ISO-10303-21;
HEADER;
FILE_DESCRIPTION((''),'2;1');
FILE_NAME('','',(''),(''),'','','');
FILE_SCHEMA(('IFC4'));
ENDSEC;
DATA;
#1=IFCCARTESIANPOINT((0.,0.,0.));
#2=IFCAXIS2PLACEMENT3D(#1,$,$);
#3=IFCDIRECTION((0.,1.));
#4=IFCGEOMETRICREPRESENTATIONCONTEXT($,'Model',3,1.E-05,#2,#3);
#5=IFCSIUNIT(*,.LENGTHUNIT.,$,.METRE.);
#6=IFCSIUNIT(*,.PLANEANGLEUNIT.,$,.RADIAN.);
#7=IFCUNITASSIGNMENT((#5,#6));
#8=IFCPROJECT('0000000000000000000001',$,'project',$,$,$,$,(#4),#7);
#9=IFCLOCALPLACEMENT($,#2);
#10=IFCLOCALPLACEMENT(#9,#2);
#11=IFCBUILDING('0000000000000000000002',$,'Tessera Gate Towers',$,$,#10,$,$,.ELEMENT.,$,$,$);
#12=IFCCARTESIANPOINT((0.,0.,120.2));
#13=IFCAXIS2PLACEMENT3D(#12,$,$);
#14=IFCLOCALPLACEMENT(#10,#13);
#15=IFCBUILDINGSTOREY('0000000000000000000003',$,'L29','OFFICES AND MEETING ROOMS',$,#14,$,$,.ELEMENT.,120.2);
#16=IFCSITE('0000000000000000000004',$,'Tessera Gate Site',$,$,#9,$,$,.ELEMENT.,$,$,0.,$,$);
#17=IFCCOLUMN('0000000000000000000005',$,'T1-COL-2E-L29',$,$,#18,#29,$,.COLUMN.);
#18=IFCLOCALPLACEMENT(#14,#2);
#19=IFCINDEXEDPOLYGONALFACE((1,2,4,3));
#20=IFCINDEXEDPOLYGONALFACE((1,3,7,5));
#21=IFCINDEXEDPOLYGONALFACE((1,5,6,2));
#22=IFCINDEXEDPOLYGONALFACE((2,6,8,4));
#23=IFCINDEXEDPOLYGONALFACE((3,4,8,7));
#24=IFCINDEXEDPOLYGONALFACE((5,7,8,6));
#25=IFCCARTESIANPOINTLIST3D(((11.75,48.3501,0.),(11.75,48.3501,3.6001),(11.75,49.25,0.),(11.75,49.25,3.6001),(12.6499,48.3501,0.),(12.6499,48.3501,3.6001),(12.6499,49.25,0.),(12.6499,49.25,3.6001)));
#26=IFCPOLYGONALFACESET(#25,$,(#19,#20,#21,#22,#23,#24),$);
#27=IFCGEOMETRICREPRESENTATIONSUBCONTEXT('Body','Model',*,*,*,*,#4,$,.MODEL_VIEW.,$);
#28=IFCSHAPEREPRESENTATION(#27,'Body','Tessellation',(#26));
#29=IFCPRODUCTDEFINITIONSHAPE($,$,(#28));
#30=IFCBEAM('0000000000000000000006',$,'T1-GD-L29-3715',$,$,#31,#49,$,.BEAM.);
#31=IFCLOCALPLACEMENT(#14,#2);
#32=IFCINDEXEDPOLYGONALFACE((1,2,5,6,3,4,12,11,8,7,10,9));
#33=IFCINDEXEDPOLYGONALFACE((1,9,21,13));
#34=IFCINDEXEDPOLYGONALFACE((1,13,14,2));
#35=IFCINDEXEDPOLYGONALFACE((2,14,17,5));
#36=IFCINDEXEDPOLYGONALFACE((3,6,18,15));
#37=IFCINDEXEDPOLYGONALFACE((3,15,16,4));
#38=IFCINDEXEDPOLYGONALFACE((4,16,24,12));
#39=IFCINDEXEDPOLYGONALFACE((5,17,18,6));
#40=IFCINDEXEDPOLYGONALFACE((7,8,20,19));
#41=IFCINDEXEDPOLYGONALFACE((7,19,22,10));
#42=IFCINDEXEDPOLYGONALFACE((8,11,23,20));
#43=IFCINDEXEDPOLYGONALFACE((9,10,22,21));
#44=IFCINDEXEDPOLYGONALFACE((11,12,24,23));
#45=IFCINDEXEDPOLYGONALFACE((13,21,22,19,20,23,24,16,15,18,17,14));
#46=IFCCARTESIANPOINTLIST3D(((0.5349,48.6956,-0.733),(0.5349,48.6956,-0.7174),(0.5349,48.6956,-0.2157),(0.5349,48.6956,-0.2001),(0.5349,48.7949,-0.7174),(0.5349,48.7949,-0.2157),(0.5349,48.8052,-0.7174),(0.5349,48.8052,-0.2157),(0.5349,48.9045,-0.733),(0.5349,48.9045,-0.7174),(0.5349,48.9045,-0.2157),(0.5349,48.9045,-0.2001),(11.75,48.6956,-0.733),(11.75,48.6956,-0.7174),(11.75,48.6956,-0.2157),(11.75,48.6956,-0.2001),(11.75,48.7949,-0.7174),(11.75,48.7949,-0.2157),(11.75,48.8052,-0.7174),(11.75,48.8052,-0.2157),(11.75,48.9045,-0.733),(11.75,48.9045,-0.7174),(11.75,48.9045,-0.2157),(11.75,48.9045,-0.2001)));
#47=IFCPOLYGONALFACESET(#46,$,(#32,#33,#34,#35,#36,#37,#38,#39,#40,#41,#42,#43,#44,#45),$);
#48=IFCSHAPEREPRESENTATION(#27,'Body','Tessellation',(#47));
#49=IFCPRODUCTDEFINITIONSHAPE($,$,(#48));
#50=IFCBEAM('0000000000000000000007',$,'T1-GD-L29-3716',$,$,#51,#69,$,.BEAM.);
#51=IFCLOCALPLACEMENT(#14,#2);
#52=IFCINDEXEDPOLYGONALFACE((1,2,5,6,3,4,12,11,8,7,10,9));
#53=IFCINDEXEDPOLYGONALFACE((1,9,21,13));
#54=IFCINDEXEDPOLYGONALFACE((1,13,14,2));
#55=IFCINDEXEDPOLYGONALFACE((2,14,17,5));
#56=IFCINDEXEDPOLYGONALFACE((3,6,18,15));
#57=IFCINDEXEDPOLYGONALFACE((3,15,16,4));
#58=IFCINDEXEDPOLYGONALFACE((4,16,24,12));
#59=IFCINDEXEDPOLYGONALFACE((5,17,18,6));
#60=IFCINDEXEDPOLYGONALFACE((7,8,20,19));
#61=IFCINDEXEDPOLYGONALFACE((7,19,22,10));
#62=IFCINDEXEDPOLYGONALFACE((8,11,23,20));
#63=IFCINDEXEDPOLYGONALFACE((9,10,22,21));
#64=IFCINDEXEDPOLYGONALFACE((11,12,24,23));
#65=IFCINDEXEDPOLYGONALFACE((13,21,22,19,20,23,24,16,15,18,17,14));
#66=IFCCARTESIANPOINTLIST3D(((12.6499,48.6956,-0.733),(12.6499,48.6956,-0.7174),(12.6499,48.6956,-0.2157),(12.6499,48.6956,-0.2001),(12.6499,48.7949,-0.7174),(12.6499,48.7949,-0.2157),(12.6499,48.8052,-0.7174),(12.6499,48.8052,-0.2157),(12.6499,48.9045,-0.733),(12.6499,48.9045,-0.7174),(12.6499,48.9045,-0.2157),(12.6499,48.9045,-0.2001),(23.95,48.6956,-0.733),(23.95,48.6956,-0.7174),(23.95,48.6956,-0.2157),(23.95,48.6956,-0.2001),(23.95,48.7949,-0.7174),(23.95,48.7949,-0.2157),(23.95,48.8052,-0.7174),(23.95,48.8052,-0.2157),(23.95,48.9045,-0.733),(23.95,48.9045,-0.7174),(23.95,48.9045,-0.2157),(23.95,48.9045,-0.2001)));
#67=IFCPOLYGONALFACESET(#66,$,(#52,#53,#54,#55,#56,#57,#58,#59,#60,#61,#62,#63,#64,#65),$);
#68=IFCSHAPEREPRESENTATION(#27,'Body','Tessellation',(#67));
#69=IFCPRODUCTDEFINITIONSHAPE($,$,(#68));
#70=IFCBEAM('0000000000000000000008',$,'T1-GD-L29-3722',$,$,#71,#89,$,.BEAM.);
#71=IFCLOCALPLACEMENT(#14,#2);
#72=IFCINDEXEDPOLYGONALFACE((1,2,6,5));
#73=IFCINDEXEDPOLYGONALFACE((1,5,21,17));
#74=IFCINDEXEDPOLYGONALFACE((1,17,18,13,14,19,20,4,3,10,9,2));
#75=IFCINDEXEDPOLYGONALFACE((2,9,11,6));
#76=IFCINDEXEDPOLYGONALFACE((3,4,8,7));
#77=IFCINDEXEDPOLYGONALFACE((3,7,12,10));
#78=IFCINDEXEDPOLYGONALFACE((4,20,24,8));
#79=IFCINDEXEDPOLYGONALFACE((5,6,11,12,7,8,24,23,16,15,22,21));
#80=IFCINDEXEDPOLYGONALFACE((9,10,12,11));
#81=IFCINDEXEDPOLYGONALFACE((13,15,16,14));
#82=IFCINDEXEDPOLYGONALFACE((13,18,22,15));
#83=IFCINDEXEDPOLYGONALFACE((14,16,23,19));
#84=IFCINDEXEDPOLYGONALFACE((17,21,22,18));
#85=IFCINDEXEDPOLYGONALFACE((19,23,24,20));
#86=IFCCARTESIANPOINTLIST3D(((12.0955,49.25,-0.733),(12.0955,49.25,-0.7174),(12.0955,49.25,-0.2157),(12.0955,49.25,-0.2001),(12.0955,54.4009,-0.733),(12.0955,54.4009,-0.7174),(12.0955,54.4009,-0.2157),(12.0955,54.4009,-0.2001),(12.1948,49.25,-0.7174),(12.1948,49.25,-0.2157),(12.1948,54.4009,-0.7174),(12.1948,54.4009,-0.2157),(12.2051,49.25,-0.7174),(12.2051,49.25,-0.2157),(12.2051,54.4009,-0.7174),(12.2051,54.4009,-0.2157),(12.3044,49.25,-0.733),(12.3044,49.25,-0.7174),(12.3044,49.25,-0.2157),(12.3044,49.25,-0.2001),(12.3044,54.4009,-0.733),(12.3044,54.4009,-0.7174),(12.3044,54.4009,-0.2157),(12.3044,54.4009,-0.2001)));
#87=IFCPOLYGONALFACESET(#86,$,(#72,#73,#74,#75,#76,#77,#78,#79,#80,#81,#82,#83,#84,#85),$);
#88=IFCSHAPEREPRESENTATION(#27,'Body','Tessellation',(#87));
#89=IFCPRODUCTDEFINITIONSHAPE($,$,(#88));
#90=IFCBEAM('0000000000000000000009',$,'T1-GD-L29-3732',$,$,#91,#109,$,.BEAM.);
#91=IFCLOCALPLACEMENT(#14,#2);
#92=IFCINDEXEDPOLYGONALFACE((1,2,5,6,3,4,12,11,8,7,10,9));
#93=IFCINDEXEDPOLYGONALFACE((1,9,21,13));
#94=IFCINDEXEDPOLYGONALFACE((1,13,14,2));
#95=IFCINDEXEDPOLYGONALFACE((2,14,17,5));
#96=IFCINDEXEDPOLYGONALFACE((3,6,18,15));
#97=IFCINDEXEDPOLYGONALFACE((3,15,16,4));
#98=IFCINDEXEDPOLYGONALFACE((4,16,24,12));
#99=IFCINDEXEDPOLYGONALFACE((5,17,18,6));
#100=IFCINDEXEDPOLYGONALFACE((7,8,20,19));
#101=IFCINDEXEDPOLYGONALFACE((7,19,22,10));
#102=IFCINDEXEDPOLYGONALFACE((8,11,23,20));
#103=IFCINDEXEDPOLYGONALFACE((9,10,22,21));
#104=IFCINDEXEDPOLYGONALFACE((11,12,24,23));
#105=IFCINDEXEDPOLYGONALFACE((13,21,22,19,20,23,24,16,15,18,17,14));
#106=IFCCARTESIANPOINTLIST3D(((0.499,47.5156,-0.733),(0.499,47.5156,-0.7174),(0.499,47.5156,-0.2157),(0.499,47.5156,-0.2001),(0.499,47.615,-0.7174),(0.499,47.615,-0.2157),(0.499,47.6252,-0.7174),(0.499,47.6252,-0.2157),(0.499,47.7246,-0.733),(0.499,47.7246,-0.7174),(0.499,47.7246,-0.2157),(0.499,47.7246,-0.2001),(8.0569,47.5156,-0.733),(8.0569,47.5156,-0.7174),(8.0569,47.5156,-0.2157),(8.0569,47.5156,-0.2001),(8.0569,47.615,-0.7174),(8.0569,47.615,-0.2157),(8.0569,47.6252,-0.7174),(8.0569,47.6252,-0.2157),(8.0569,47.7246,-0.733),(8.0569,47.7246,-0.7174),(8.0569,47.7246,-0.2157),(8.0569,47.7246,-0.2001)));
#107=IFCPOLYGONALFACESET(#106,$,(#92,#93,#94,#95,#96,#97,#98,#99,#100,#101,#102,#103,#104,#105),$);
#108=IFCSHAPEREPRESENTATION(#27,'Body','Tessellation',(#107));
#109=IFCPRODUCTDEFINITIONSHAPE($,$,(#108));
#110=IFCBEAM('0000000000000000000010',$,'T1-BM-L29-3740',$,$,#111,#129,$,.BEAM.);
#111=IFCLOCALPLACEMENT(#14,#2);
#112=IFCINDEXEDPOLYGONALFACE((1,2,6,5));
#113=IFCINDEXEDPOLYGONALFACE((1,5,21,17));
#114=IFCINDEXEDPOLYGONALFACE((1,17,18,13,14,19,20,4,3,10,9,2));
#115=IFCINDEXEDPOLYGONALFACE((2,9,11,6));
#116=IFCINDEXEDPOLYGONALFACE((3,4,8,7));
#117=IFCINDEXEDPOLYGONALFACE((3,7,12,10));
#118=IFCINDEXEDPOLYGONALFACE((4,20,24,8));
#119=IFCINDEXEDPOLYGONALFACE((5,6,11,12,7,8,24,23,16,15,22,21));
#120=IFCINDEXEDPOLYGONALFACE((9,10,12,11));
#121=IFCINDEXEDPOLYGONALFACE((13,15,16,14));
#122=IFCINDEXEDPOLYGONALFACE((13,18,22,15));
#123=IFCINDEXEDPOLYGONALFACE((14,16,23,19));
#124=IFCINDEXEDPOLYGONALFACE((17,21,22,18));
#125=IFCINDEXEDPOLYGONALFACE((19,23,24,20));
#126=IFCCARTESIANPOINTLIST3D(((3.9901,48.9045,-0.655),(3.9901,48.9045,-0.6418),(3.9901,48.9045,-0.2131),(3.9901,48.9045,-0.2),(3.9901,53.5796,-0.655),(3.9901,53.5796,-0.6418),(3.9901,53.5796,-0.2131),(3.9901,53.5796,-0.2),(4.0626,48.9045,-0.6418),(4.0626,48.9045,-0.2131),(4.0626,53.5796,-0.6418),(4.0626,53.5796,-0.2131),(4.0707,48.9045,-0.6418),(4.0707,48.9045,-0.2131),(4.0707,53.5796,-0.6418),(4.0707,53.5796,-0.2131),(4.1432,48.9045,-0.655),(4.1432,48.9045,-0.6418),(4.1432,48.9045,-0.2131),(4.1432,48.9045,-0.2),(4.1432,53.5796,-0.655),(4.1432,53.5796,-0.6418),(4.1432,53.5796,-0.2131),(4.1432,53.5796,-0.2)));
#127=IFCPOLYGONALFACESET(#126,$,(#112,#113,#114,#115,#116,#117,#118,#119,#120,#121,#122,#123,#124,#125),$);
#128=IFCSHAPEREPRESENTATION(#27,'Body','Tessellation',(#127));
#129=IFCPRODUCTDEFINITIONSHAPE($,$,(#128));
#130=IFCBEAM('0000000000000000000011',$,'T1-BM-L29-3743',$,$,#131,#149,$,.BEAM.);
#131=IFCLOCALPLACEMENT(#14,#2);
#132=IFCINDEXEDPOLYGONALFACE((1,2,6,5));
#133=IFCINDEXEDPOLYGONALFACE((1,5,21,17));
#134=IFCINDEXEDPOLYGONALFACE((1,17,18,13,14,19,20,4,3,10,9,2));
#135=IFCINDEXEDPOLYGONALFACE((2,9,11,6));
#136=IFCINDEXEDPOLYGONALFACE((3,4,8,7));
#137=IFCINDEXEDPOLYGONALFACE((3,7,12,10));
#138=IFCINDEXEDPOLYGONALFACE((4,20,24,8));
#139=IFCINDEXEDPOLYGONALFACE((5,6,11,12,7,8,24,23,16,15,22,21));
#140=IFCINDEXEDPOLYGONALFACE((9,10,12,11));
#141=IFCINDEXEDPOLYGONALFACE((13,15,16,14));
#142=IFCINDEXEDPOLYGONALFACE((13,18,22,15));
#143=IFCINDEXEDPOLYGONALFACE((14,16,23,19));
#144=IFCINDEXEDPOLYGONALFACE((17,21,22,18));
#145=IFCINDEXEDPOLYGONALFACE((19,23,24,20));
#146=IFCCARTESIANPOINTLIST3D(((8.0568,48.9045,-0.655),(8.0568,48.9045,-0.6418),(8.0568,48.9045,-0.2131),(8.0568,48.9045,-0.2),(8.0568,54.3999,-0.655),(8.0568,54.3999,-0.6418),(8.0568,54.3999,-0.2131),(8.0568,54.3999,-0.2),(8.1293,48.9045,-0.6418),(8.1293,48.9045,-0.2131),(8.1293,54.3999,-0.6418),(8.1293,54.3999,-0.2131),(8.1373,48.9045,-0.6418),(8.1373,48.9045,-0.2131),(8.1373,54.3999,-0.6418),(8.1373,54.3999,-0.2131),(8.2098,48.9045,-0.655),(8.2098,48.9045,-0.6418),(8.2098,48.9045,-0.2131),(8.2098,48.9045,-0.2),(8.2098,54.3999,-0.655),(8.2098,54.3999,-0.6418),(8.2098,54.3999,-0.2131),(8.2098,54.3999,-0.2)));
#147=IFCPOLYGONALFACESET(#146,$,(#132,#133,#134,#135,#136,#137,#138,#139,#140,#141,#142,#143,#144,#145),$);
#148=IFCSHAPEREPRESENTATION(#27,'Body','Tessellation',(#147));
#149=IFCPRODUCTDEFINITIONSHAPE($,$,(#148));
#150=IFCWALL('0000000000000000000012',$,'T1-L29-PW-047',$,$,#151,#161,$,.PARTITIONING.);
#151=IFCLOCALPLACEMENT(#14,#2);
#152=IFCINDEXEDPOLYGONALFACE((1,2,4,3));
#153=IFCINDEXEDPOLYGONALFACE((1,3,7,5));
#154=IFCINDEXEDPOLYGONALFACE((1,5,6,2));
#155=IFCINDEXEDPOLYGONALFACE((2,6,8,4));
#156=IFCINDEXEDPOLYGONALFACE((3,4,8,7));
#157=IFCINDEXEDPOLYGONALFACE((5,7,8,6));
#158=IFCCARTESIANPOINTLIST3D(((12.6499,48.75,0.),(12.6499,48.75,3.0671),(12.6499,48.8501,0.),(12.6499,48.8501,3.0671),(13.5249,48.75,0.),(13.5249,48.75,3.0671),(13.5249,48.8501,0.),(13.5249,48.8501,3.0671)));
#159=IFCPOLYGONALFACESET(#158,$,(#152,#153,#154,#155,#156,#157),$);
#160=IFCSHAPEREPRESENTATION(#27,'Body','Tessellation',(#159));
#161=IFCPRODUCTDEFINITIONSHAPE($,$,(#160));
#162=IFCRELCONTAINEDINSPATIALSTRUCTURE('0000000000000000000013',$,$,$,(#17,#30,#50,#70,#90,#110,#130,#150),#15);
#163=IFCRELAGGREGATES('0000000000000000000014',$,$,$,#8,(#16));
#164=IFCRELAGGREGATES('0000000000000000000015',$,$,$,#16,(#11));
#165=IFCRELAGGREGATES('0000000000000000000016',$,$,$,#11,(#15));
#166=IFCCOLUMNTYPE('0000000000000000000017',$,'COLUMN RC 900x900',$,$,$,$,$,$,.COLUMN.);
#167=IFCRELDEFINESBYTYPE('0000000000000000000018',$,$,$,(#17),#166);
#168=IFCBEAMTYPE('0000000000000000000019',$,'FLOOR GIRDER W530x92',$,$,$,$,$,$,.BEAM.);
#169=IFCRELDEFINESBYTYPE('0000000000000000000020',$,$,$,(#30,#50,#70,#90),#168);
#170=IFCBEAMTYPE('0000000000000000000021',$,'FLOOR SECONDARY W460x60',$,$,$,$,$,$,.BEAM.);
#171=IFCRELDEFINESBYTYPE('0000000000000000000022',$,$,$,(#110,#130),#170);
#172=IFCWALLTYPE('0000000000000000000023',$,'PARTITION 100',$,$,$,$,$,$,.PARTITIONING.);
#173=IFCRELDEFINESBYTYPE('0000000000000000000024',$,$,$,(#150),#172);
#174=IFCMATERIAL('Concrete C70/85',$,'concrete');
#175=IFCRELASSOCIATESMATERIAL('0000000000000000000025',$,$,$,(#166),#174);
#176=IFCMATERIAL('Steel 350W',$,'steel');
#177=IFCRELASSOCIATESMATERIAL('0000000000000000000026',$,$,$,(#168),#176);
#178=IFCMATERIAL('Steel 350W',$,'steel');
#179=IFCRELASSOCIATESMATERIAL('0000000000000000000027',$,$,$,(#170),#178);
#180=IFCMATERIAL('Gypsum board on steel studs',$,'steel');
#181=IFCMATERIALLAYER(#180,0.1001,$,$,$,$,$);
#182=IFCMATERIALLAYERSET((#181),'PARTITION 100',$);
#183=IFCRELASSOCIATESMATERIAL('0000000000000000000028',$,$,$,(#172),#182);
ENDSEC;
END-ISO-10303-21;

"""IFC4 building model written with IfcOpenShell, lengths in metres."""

from ifc_helpers import new_model, si_unit, direction, frame, frame_2d, origin, origin_2d, place, context, subcontext, project, spatial, rectangle, i_section, extrude, material, layer, layer_set, material_profile, profile_set, type_object, element, save


model = new_model("IFC4")

# Units and contexts
model_context = context("Model", 3, precision=1e-05, world=origin(), true_north=direction((0.0, 1.0)))
body_context = subcontext(model_context, "Body", "Model", "MODEL_VIEW")
ifc_project = project(units=[si_unit("LENGTHUNIT", "METRE"), si_unit("PLANEANGLEUNIT", "RADIAN")], contexts=[model_context])

# Site, building, storey
site_placement = place(None, origin())
site = spatial("IfcSite", under=ifc_project, at=site_placement, Name="Tessera Gate Site", CompositionType="ELEMENT", RefElevation=0.0)
building_placement = place(site_placement, origin())
building = spatial("IfcBuilding", under=site, at=building_placement, Name="Tessera Gate Towers", CompositionType="ELEMENT")
storey_placement = place(building_placement, frame((0.0, 0.0, 120.2)))
storey = spatial("IfcBuildingStorey", under=building, at=storey_placement, Name="L29", Description="OFFICES AND MEETING ROOMS", CompositionType="ELEMENT", Elevation=120.2)

# Column
ifc_material_1 = material(Name="Concrete C70/85", Category="concrete")
ifc_material_profile_1 = material_profile(ifc_material_1, rectangle(XDim=0.8999, YDim=0.8999, at=origin_2d()), Name="RC 900x900")
ifc_profile_set_1 = profile_set([ifc_material_profile_1], Name="Concrete C70/85")
column_type = type_object("IfcColumnType", Name="COLUMN RC 900x900", PredefinedType="COLUMN", material=ifc_profile_set_1)
column_placement = place(storey_placement, frame((12.2, 48.8, 0.0), z_axis=(0.0, 0.0, 1.0), x_axis=(1.0, 0.0, 0.0)))
element("IfcColumn", 1, at=column_placement, inside=storey, type_object=column_type, Name="T1-COL-2E-L29", PredefinedType="COLUMN", context=body_context, shape_type="SweptSolid", body=[
    extrude(rectangle(XDim=0.8999, YDim=0.8999, at=origin_2d()), origin(), (0.0, 0.0, 1.0), 3.6001),
])

# Beams
ifc_material_2 = material(Name="Steel 350W", Category="steel")
ifc_material_profile_2 = material_profile(ifc_material_2, i_section(OverallWidth=0.209, OverallDepth=0.533, WebThickness=0.0103, FlangeThickness=0.0156, at=origin_2d()), Name="W530x92")
ifc_profile_set_2 = profile_set([ifc_material_profile_2], Name="Steel 350W")
beam_type_1 = type_object("IfcBeamType", Name="FLOOR GIRDER W530x92", PredefinedType="BEAM", material=ifc_profile_set_2)
beam_1_placement = place(storey_placement, frame((0.5349, 48.8, -0.4666), z_axis=(1.0, 0.0, 0.0), x_axis=(0.0, 1.0, 0.0)))
element("IfcBeam", 2, at=beam_1_placement, inside=storey, type_object=beam_type_1, Name="T1-GD-L29-3715", PredefinedType="BEAM", context=body_context, shape_type="SweptSolid", body=[
    extrude(i_section(OverallWidth=0.209, OverallDepth=0.533, WebThickness=0.0103, FlangeThickness=0.0156, at=origin_2d()), origin(), (0.0, 0.0, 1.0), 11.2151),
])
beam_2_placement = place(storey_placement, frame((12.6499, 48.8, -0.4666), z_axis=(1.0, 0.0, 0.0), x_axis=(0.0, 1.0, 0.0)))
element("IfcBeam", 3, at=beam_2_placement, inside=storey, type_object=beam_type_1, Name="T1-GD-L29-3716", PredefinedType="BEAM", context=body_context, shape_type="SweptSolid", body=[
    extrude(i_section(OverallWidth=0.209, OverallDepth=0.533, WebThickness=0.0103, FlangeThickness=0.0156, at=origin_2d()), origin(), (0.0, 0.0, 1.0), 11.3),
])
beam_3_placement = place(storey_placement, frame((12.2, 49.25, -0.4666), z_axis=(0.0, 1.0, 0.0), x_axis=(-1.0, 0.0, 0.0)))
element("IfcBeam", 4, at=beam_3_placement, inside=storey, type_object=beam_type_1, Name="T1-GD-L29-3722", PredefinedType="BEAM", context=body_context, shape_type="SweptSolid", body=[
    extrude(i_section(OverallWidth=0.209, OverallDepth=0.533, WebThickness=0.0103, FlangeThickness=0.0156, at=origin_2d()), origin(), (0.0, 0.0, 1.0), 5.1509),
])
beam_4_placement = place(storey_placement, frame((0.499, 47.6201, -0.4666), z_axis=(1.0, 0.0, 0.0), x_axis=(0.0, 1.0, 0.0)))
element("IfcBeam", 5, at=beam_4_placement, inside=storey, type_object=beam_type_1, Name="T1-GD-L29-3732", PredefinedType="BEAM", context=body_context, shape_type="SweptSolid", body=[
    extrude(i_section(OverallWidth=0.209, OverallDepth=0.533, WebThickness=0.0103, FlangeThickness=0.0156, at=origin_2d()), origin(), (0.0, 0.0, 1.0), 7.5579),
])
ifc_material_3 = material(Name="Steel 350W", Category="steel")
ifc_material_profile_3 = material_profile(ifc_material_3, i_section(OverallWidth=0.1531, OverallDepth=0.4551, WebThickness=0.0081, FlangeThickness=0.0132, at=origin_2d()), Name="W460x60")
ifc_profile_set_3 = profile_set([ifc_material_profile_3], Name="Steel 350W")
beam_type_2 = type_object("IfcBeamType", Name="FLOOR SECONDARY W460x60", PredefinedType="BEAM", material=ifc_profile_set_3)
beam_5_placement = place(storey_placement, frame((4.0667, 48.9045, -0.4275), z_axis=(0.0, 1.0, 0.0), x_axis=(-1.0, 0.0, 0.0)))
element("IfcBeam", 6, at=beam_5_placement, inside=storey, type_object=beam_type_2, Name="T1-BM-L29-3740", PredefinedType="BEAM", context=body_context, shape_type="SweptSolid", body=[
    extrude(i_section(OverallWidth=0.1531, OverallDepth=0.4551, WebThickness=0.0081, FlangeThickness=0.0132, at=origin_2d()), origin(), (0.0, 0.0, 1.0), 4.675),
])
beam_6_placement = place(storey_placement, frame((8.1333, 48.9045, -0.4275), z_axis=(0.0, 1.0, 0.0), x_axis=(-1.0, 0.0, 0.0)))
element("IfcBeam", 7, at=beam_6_placement, inside=storey, type_object=beam_type_2, Name="T1-BM-L29-3743", PredefinedType="BEAM", context=body_context, shape_type="SweptSolid", body=[
    extrude(i_section(OverallWidth=0.1531, OverallDepth=0.4551, WebThickness=0.0081, FlangeThickness=0.0132, at=origin_2d()), origin(), (0.0, 0.0, 1.0), 5.4954),
])

# Wall
ifc_material_4 = material(Name="Gypsum board on steel studs", Category="steel")
ifc_layer_1 = layer(ifc_material_4, 0.1001)
ifc_layer_set_1 = layer_set([ifc_layer_1], Name="PARTITION 100")
wall_type_1 = type_object("IfcWallType", Name="PARTITION 100", PredefinedType="PARTITIONING", material=ifc_layer_set_1)
wall_1_placement = place(storey_placement, frame((12.6499, 48.8, 0.0), z_axis=(0.0, 0.0, 1.0), x_axis=(1.0, 0.0, 0.0)))
element("IfcWall", 8, at=wall_1_placement, inside=storey, type_object=wall_type_1, Name="T1-L29-PW-047", PredefinedType="PARTITIONING", context=body_context, shape_type="SweptSolid", body=[
    extrude(rectangle(XDim=0.875, YDim=0.1001, at=frame_2d((0.4375, 0.0))), origin(), (0.0, 0.0, 1.0), 3.0671),
])

save(model, "model.ifc")
